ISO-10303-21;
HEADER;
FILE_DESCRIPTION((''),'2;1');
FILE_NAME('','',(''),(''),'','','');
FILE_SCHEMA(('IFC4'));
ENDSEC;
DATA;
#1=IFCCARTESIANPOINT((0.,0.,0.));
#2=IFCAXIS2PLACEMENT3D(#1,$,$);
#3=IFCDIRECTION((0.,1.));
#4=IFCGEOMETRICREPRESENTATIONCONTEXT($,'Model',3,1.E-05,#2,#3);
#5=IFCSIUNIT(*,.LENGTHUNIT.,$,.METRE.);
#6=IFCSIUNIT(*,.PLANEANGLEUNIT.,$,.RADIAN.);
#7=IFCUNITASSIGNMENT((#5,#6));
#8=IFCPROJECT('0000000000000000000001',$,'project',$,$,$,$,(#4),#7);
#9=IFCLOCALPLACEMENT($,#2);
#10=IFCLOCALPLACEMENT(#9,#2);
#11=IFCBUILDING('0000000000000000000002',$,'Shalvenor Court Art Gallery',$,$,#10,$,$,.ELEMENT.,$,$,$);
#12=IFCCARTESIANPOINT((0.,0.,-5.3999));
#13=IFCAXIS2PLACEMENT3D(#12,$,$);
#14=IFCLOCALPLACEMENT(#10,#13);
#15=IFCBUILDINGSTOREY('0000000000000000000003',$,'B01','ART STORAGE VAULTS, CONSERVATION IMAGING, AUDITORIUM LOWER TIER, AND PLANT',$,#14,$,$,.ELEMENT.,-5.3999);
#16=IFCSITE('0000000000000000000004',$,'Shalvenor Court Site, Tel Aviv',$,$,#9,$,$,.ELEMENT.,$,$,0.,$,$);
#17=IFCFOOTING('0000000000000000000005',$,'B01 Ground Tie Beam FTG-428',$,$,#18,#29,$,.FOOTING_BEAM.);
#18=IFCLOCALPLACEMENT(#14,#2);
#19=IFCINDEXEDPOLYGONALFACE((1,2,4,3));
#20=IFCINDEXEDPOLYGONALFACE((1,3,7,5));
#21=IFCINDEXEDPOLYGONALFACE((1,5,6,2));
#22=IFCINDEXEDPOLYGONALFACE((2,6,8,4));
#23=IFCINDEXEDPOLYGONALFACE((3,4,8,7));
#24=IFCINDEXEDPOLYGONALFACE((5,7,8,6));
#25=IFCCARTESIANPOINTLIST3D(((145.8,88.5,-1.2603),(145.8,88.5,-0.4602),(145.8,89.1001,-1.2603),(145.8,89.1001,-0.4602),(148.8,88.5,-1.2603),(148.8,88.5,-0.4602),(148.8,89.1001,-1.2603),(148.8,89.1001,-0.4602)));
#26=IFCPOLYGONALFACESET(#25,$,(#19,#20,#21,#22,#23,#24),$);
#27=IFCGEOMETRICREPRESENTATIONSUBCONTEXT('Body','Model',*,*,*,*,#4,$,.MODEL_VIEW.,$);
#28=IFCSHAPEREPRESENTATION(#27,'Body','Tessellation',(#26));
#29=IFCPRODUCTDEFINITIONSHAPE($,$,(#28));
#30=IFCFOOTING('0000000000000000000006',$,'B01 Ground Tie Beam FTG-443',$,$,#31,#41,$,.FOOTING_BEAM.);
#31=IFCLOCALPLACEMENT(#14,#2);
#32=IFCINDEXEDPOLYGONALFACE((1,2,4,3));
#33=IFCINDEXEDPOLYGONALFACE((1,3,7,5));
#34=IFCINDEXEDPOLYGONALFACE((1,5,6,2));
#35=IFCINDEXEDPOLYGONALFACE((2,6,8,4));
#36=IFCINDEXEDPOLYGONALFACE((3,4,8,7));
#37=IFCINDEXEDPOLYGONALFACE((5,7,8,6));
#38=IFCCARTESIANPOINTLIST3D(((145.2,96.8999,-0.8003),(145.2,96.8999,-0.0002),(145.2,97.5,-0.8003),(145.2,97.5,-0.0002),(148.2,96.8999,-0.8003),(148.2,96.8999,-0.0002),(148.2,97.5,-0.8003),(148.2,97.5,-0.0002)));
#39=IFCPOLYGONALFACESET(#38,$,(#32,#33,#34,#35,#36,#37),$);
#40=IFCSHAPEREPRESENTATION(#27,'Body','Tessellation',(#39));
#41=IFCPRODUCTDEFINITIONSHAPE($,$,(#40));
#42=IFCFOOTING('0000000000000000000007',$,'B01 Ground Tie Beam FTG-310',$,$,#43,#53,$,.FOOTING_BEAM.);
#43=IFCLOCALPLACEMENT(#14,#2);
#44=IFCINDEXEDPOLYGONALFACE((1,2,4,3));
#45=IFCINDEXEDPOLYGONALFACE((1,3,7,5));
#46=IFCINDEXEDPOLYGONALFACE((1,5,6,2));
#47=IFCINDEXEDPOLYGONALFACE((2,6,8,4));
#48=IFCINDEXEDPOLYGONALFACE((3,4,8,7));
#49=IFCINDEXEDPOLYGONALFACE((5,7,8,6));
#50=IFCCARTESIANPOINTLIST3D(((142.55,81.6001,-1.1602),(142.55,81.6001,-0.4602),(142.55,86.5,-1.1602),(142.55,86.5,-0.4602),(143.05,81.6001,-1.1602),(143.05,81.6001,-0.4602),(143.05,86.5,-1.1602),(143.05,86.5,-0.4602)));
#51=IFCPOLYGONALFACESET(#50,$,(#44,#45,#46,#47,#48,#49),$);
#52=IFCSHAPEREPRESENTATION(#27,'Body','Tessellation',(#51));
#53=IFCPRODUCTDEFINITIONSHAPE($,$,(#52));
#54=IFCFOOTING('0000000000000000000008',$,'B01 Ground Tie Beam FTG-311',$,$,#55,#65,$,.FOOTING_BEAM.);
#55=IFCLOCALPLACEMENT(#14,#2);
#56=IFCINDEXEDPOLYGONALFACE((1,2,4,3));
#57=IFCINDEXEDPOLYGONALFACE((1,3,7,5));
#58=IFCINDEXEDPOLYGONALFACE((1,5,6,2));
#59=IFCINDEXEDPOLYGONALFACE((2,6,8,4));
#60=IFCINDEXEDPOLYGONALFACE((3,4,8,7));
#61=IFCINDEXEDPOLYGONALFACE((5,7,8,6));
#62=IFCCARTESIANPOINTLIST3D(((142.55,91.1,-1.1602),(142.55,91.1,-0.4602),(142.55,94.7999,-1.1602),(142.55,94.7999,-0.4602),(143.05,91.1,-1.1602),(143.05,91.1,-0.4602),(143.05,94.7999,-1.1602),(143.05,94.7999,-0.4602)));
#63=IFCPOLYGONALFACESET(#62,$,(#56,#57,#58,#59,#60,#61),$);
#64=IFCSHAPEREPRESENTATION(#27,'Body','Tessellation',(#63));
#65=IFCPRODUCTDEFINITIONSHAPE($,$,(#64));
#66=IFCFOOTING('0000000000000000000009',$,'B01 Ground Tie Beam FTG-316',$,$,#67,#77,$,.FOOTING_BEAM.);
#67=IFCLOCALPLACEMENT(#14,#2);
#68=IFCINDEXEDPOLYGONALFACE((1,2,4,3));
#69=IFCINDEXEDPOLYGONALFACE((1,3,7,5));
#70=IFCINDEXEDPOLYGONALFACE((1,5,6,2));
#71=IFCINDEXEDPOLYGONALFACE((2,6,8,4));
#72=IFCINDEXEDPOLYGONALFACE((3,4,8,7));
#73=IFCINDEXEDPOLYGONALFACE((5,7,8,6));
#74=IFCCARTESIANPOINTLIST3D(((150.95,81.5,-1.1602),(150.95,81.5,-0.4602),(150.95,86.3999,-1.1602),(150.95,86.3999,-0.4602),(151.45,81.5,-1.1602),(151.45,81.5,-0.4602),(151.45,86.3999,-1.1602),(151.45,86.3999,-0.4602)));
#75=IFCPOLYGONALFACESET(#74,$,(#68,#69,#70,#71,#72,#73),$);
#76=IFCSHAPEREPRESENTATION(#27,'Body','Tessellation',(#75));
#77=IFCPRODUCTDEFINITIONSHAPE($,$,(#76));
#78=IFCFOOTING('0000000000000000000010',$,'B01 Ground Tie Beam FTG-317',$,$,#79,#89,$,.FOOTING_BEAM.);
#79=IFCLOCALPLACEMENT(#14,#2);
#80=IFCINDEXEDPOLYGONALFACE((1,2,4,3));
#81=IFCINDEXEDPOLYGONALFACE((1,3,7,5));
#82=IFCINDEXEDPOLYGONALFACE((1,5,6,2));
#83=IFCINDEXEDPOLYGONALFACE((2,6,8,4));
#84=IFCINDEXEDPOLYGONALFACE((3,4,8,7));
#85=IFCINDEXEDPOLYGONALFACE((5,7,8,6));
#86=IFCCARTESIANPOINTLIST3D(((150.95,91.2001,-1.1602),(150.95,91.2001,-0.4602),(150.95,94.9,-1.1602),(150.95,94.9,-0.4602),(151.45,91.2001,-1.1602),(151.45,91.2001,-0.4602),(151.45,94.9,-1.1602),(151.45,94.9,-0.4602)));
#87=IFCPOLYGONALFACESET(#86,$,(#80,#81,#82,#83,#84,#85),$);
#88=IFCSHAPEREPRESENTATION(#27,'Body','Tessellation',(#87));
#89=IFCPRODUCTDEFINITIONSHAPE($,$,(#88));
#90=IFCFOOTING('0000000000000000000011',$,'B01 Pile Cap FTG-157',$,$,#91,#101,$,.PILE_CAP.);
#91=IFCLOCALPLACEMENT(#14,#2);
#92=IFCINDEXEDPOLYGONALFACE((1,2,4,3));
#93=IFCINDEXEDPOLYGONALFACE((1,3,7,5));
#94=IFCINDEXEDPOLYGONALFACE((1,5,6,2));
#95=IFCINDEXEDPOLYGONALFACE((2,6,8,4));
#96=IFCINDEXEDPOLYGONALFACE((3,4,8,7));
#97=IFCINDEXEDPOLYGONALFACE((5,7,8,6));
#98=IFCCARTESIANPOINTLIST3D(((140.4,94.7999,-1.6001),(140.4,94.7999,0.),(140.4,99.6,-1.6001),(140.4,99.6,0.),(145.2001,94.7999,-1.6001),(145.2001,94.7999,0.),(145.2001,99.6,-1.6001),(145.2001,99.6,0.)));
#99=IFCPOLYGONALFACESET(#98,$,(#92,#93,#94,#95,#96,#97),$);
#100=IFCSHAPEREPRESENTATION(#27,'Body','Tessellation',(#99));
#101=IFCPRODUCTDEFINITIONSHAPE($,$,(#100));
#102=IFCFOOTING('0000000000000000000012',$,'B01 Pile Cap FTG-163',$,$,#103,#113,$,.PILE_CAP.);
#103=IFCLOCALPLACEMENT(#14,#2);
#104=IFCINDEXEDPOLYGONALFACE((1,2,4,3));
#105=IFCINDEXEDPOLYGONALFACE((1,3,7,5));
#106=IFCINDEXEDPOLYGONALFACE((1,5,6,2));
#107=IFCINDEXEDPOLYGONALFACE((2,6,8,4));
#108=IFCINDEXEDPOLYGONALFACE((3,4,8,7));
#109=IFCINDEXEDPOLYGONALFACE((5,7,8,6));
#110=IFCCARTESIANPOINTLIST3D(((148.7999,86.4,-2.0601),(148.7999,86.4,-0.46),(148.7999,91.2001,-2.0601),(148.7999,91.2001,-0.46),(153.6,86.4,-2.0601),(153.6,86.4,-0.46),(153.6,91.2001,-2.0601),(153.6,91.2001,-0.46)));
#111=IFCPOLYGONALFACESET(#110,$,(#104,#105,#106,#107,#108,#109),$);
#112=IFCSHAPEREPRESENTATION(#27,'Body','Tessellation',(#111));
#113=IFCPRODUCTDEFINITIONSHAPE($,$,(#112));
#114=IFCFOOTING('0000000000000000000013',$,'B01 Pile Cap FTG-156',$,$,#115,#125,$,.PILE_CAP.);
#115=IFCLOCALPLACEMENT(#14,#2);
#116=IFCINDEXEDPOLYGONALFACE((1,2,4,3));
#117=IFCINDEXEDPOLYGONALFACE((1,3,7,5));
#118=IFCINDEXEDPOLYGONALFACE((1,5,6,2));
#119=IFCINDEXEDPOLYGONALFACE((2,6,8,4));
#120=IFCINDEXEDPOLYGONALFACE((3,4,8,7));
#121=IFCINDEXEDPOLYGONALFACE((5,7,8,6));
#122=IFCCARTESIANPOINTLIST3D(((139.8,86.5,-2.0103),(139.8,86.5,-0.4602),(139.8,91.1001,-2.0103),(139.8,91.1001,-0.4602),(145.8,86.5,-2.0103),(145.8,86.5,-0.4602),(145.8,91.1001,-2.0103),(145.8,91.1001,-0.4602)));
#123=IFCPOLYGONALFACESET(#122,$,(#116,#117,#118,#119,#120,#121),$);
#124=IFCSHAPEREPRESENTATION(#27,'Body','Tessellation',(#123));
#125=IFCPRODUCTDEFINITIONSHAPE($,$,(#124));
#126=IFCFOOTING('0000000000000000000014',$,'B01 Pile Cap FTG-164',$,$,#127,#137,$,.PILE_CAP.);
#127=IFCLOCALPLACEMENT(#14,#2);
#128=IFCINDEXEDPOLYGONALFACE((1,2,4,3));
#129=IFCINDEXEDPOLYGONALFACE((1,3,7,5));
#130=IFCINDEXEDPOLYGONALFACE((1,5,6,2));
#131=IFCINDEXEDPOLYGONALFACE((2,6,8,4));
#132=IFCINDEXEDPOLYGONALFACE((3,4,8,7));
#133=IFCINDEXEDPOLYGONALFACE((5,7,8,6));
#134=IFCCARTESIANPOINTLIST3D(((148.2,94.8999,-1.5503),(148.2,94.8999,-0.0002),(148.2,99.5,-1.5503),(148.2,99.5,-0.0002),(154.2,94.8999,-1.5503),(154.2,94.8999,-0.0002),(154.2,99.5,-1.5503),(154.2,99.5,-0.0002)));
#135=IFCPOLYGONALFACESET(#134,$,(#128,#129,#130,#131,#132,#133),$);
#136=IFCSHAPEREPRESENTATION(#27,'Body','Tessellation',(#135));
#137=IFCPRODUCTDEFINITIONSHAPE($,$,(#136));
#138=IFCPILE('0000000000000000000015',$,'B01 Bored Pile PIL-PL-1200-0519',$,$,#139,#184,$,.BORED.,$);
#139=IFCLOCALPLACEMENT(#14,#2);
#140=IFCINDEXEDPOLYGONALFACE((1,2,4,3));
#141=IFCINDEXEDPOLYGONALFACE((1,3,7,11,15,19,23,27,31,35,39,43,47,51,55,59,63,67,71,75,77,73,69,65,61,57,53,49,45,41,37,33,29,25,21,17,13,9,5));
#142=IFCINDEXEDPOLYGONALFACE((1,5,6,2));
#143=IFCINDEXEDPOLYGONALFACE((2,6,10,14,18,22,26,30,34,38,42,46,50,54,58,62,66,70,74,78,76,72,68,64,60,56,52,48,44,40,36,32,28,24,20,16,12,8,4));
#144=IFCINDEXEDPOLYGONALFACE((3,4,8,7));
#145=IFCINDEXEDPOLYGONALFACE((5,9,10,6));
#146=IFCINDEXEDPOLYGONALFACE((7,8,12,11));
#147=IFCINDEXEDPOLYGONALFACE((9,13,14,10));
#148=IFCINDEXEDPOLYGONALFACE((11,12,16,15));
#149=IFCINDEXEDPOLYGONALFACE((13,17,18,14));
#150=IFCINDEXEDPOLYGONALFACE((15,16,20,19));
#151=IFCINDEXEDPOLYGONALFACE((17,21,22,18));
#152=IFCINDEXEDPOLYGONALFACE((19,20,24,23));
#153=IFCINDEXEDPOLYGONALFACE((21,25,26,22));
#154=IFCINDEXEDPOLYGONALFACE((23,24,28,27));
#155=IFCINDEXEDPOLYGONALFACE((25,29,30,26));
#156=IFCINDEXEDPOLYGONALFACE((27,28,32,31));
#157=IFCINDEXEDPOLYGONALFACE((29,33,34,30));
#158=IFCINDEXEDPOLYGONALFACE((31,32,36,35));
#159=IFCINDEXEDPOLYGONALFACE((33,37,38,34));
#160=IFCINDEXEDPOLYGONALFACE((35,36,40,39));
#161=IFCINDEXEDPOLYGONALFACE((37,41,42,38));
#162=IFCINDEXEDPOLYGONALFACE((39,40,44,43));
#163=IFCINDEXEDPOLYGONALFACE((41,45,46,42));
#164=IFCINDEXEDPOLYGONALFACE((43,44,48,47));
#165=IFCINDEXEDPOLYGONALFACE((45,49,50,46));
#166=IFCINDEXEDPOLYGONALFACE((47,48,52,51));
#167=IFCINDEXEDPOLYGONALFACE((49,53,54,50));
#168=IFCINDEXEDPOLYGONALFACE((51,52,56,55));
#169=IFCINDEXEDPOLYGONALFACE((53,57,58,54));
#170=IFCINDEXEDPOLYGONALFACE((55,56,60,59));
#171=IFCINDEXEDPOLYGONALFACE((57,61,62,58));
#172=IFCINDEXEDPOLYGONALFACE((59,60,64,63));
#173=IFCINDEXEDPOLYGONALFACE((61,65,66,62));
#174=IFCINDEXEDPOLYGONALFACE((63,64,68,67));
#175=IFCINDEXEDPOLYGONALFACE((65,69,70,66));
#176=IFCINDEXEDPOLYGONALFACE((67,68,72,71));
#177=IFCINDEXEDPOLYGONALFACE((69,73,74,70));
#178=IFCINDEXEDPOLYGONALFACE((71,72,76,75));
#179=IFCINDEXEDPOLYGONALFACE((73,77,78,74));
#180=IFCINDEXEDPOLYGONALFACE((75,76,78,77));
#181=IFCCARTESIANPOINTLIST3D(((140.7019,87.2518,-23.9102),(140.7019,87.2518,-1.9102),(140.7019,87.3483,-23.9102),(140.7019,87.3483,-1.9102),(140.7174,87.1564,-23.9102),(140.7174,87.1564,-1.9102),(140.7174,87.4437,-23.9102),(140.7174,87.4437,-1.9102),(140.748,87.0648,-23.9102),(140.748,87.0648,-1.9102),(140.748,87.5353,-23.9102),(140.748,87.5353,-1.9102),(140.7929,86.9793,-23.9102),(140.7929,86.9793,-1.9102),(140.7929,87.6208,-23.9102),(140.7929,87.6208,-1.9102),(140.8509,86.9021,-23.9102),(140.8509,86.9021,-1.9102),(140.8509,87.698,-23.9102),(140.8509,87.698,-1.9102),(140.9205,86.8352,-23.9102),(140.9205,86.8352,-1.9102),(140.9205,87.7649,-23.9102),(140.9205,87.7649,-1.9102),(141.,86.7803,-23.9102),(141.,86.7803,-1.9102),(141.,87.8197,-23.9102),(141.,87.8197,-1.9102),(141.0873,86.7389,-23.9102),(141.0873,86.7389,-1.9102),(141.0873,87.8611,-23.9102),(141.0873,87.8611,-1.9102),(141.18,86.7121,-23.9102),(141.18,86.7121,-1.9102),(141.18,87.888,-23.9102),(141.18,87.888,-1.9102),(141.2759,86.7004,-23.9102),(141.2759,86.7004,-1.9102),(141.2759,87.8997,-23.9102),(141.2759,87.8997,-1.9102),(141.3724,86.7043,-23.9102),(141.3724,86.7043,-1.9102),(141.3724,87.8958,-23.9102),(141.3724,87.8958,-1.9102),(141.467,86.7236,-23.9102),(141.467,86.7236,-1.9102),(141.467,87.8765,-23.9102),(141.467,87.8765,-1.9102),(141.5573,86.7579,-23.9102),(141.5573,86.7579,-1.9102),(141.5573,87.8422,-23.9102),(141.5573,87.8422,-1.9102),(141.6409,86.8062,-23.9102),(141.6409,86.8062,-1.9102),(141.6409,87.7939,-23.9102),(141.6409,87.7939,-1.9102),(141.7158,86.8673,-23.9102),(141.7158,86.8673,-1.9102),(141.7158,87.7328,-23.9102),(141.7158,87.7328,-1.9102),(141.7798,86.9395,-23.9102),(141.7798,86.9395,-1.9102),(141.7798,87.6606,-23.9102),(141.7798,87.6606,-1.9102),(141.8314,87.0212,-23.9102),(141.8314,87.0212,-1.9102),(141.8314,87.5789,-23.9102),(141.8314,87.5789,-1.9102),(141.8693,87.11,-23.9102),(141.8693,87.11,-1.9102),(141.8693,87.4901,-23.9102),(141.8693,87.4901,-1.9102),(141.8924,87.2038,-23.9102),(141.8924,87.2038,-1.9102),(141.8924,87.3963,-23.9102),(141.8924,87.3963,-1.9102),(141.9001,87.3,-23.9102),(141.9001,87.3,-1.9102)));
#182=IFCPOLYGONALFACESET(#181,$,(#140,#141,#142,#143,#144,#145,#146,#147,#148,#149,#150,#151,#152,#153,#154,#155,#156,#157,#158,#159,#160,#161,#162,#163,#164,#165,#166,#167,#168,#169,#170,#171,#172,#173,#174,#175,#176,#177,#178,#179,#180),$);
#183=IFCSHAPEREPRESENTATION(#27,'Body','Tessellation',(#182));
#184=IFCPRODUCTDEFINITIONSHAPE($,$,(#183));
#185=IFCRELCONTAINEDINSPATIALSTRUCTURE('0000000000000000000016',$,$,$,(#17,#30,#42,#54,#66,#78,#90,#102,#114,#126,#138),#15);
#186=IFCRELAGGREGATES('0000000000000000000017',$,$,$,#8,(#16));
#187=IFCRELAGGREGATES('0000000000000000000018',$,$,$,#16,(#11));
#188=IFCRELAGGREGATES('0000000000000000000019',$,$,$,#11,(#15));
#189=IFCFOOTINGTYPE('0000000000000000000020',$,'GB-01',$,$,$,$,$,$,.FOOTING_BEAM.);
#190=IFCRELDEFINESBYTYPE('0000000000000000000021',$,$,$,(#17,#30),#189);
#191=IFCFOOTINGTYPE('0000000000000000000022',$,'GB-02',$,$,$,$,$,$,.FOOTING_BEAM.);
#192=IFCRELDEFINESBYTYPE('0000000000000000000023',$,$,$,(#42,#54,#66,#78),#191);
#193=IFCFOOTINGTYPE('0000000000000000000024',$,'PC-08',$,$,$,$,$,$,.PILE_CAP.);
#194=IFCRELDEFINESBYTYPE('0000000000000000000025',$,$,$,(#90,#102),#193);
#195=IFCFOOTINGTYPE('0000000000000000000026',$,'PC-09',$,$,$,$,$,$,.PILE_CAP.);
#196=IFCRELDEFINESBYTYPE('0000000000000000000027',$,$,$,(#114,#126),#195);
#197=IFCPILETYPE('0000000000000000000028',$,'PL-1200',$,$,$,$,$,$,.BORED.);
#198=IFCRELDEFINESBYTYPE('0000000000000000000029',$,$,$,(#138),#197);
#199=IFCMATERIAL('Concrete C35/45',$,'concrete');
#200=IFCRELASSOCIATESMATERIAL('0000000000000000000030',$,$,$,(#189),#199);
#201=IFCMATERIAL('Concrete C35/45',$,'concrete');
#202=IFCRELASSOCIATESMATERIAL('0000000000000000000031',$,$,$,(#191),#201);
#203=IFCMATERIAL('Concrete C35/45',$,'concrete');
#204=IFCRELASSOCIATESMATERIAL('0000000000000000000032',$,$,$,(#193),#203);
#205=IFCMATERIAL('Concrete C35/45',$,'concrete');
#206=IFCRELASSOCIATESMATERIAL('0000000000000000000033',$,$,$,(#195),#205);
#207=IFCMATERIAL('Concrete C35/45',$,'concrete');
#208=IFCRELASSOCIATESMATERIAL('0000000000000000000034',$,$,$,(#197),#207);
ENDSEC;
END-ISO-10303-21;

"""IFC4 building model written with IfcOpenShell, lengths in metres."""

from ifc_helpers import new_model, si_unit, direction, frame, origin, origin_2d, place, context, subcontext, project, spatial, rectangle, circle, extrude, material, material_profile, profile_set, type_object, element, save


model = new_model("IFC4")

# Units and contexts
model_context = context("Model", 3, precision=1e-05, world=origin(), true_north=direction((0.0, 1.0)))
body_context = subcontext(model_context, "Body", "Model", "MODEL_VIEW")
ifc_project = project(units=[si_unit("LENGTHUNIT", "METRE"), si_unit("PLANEANGLEUNIT", "RADIAN")], contexts=[model_context])

# Site, building, storey
site_placement = place(None, origin())
site = spatial("IfcSite", under=ifc_project, at=site_placement, Name="Shalvenor Court Site, Tel Aviv", CompositionType="ELEMENT", RefElevation=0.0)
building_placement = place(site_placement, origin())
building = spatial("IfcBuilding", under=site, at=building_placement, Name="Shalvenor Court Art Gallery", CompositionType="ELEMENT")
storey_placement = place(building_placement, frame((0.0, 0.0, -5.3999)))
storey = spatial("IfcBuildingStorey", under=building, at=storey_placement, Name="B01", Description="ART STORAGE VAULTS, CONSERVATION IMAGING, AUDITORIUM LOWER TIER, AND PLANT", CompositionType="ELEMENT", Elevation=-5.3999)

# Footings
ifc_material_1 = material(Name="Concrete C35/45", Category="concrete")
footing_type_1 = type_object("IfcFootingType", Name="GB-01", PredefinedType="FOOTING_BEAM", material=ifc_material_1)
for number, where, z_axis, x_axis, name in (
    (1, (147.3, 88.8, -1.2603), (0.0, 0.0, 1.0), (1.0, 0.0, 0.0), "B01 Ground Tie Beam FTG-428"),
    (2, (146.7, 97.2, -0.8003), (0.0, 0.0, 1.0), (1.0, 0.0, 0.0), "B01 Ground Tie Beam FTG-443"),
):
    element("IfcFooting", number, at=place(storey_placement, frame(where, z_axis=z_axis, x_axis=x_axis)), inside=storey, type_object=footing_type_1, Name=name, PredefinedType="FOOTING_BEAM", context=body_context, shape_type="SweptSolid", body=[
        extrude(rectangle(XDim=3.0, YDim=0.6001, at=origin_2d()), origin(), (0.0, 0.0, 1.0), 0.8),
    ])
ifc_material_2 = material(Name="Concrete C35/45", Category="concrete")
footing_type_2 = type_object("IfcFootingType", Name="GB-02", PredefinedType="FOOTING_BEAM", material=ifc_material_2)
footing_1_placement = place(storey_placement, frame((142.8, 84.05, -1.1602), z_axis=(0.0, 0.0, 1.0), x_axis=(0.0, 1.0, 0.0)))
element("IfcFooting", 3, at=footing_1_placement, inside=storey, type_object=footing_type_2, Name="B01 Ground Tie Beam FTG-310", PredefinedType="FOOTING_BEAM", context=body_context, shape_type="SweptSolid", body=[
    extrude(rectangle(XDim=4.8999, YDim=0.5, at=origin_2d()), origin(), (0.0, 0.0, 1.0), 0.7),
])
footing_2_placement = place(storey_placement, frame((142.8, 92.95, -1.1602), z_axis=(0.0, 0.0, 1.0), x_axis=(0.0, 1.0, 0.0)))
element("IfcFooting", 4, at=footing_2_placement, inside=storey, type_object=footing_type_2, Name="B01 Ground Tie Beam FTG-311", PredefinedType="FOOTING_BEAM", context=body_context, shape_type="SweptSolid", body=[
    extrude(rectangle(XDim=3.7, YDim=0.5, at=origin_2d()), origin(), (0.0, 0.0, 1.0), 0.7),
])
footing_3_placement = place(storey_placement, frame((151.2, 83.95, -1.1602), z_axis=(0.0, 0.0, 1.0), x_axis=(0.0, 1.0, 0.0)))
element("IfcFooting", 5, at=footing_3_placement, inside=storey, type_object=footing_type_2, Name="B01 Ground Tie Beam FTG-316", PredefinedType="FOOTING_BEAM", context=body_context, shape_type="SweptSolid", body=[
    extrude(rectangle(XDim=4.8999, YDim=0.5, at=origin_2d()), origin(), (0.0, 0.0, 1.0), 0.7),
])
footing_4_placement = place(storey_placement, frame((151.2, 93.05, -1.1602), z_axis=(0.0, 0.0, 1.0), x_axis=(0.0, 1.0, 0.0)))
element("IfcFooting", 6, at=footing_4_placement, inside=storey, type_object=footing_type_2, Name="B01 Ground Tie Beam FTG-317", PredefinedType="FOOTING_BEAM", context=body_context, shape_type="SweptSolid", body=[
    extrude(rectangle(XDim=3.7, YDim=0.5, at=origin_2d()), origin(), (0.0, 0.0, 1.0), 0.7),
])
ifc_material_3 = material(Name="Concrete C35/45", Category="concrete")
footing_type_3 = type_object("IfcFootingType", Name="PC-08", PredefinedType="PILE_CAP", material=ifc_material_3)
for number, where, z_axis, x_axis, name in (
    (7, (142.8, 97.2, -1.6001), (0.0, 0.0, 1.0), (1.0, 0.0, 0.0), "B01 Pile Cap FTG-157"),
    (8, (151.2, 88.8, -2.0601), (0.0, 0.0, 1.0), (1.0, 0.0, 0.0), "B01 Pile Cap FTG-163"),
):
    element("IfcFooting", number, at=place(storey_placement, frame(where, z_axis=z_axis, x_axis=x_axis)), inside=storey, type_object=footing_type_3, Name=name, PredefinedType="PILE_CAP", context=body_context, shape_type="SweptSolid", body=[
        extrude(rectangle(XDim=4.8, YDim=4.8, at=origin_2d()), origin(), (0.0, 0.0, 1.0), 1.6001),
    ])
ifc_material_4 = material(Name="Concrete C35/45", Category="concrete")
footing_type_4 = type_object("IfcFootingType", Name="PC-09", PredefinedType="PILE_CAP", material=ifc_material_4)
for number, where, z_axis, x_axis, name in (
    (9, (142.8, 88.8, -2.0103), (0.0, 0.0, 1.0), (1.0, 0.0, 0.0), "B01 Pile Cap FTG-156"),
    (10, (151.2, 97.2, -1.5503), (0.0, 0.0, 1.0), (1.0, 0.0, 0.0), "B01 Pile Cap FTG-164"),
):
    element("IfcFooting", number, at=place(storey_placement, frame(where, z_axis=z_axis, x_axis=x_axis)), inside=storey, type_object=footing_type_4, Name=name, PredefinedType="PILE_CAP", context=body_context, shape_type="SweptSolid", body=[
        extrude(rectangle(XDim=6.0, YDim=4.6001, at=origin_2d()), origin(), (0.0, 0.0, 1.0), 1.55),
    ])

# Pile
ifc_material_5 = material(Name="Concrete C35/45", Category="concrete")
ifc_material_profile_1 = material_profile(ifc_material_5, circle(Radius=0.6001, at=origin_2d()), Name="PILE 1200")
ifc_profile_set_1 = profile_set([ifc_material_profile_1], Name="Concrete C35/45")
pile_type = type_object("IfcPileType", Name="PL-1200", PredefinedType="BORED", material=ifc_profile_set_1)
for number, where, z_axis, x_axis, name in (
    (11, (141.3, 87.3, -1.9102), (0.0, 0.0, -1.0), (1.0, 0.0, 0.0), "B01 Bored Pile PIL-PL-1200-0519"),
):
    element("IfcPile", number, at=place(storey_placement, frame(where, z_axis=z_axis, x_axis=x_axis)), inside=storey, type_object=pile_type, Name=name, PredefinedType="BORED", context=body_context, shape_type="SweptSolid", body=[
        extrude(circle(Radius=0.6001, at=origin_2d()), origin(), (0.0, 0.0, 1.0), 22.0),
    ])

save(model, "model.ifc")
